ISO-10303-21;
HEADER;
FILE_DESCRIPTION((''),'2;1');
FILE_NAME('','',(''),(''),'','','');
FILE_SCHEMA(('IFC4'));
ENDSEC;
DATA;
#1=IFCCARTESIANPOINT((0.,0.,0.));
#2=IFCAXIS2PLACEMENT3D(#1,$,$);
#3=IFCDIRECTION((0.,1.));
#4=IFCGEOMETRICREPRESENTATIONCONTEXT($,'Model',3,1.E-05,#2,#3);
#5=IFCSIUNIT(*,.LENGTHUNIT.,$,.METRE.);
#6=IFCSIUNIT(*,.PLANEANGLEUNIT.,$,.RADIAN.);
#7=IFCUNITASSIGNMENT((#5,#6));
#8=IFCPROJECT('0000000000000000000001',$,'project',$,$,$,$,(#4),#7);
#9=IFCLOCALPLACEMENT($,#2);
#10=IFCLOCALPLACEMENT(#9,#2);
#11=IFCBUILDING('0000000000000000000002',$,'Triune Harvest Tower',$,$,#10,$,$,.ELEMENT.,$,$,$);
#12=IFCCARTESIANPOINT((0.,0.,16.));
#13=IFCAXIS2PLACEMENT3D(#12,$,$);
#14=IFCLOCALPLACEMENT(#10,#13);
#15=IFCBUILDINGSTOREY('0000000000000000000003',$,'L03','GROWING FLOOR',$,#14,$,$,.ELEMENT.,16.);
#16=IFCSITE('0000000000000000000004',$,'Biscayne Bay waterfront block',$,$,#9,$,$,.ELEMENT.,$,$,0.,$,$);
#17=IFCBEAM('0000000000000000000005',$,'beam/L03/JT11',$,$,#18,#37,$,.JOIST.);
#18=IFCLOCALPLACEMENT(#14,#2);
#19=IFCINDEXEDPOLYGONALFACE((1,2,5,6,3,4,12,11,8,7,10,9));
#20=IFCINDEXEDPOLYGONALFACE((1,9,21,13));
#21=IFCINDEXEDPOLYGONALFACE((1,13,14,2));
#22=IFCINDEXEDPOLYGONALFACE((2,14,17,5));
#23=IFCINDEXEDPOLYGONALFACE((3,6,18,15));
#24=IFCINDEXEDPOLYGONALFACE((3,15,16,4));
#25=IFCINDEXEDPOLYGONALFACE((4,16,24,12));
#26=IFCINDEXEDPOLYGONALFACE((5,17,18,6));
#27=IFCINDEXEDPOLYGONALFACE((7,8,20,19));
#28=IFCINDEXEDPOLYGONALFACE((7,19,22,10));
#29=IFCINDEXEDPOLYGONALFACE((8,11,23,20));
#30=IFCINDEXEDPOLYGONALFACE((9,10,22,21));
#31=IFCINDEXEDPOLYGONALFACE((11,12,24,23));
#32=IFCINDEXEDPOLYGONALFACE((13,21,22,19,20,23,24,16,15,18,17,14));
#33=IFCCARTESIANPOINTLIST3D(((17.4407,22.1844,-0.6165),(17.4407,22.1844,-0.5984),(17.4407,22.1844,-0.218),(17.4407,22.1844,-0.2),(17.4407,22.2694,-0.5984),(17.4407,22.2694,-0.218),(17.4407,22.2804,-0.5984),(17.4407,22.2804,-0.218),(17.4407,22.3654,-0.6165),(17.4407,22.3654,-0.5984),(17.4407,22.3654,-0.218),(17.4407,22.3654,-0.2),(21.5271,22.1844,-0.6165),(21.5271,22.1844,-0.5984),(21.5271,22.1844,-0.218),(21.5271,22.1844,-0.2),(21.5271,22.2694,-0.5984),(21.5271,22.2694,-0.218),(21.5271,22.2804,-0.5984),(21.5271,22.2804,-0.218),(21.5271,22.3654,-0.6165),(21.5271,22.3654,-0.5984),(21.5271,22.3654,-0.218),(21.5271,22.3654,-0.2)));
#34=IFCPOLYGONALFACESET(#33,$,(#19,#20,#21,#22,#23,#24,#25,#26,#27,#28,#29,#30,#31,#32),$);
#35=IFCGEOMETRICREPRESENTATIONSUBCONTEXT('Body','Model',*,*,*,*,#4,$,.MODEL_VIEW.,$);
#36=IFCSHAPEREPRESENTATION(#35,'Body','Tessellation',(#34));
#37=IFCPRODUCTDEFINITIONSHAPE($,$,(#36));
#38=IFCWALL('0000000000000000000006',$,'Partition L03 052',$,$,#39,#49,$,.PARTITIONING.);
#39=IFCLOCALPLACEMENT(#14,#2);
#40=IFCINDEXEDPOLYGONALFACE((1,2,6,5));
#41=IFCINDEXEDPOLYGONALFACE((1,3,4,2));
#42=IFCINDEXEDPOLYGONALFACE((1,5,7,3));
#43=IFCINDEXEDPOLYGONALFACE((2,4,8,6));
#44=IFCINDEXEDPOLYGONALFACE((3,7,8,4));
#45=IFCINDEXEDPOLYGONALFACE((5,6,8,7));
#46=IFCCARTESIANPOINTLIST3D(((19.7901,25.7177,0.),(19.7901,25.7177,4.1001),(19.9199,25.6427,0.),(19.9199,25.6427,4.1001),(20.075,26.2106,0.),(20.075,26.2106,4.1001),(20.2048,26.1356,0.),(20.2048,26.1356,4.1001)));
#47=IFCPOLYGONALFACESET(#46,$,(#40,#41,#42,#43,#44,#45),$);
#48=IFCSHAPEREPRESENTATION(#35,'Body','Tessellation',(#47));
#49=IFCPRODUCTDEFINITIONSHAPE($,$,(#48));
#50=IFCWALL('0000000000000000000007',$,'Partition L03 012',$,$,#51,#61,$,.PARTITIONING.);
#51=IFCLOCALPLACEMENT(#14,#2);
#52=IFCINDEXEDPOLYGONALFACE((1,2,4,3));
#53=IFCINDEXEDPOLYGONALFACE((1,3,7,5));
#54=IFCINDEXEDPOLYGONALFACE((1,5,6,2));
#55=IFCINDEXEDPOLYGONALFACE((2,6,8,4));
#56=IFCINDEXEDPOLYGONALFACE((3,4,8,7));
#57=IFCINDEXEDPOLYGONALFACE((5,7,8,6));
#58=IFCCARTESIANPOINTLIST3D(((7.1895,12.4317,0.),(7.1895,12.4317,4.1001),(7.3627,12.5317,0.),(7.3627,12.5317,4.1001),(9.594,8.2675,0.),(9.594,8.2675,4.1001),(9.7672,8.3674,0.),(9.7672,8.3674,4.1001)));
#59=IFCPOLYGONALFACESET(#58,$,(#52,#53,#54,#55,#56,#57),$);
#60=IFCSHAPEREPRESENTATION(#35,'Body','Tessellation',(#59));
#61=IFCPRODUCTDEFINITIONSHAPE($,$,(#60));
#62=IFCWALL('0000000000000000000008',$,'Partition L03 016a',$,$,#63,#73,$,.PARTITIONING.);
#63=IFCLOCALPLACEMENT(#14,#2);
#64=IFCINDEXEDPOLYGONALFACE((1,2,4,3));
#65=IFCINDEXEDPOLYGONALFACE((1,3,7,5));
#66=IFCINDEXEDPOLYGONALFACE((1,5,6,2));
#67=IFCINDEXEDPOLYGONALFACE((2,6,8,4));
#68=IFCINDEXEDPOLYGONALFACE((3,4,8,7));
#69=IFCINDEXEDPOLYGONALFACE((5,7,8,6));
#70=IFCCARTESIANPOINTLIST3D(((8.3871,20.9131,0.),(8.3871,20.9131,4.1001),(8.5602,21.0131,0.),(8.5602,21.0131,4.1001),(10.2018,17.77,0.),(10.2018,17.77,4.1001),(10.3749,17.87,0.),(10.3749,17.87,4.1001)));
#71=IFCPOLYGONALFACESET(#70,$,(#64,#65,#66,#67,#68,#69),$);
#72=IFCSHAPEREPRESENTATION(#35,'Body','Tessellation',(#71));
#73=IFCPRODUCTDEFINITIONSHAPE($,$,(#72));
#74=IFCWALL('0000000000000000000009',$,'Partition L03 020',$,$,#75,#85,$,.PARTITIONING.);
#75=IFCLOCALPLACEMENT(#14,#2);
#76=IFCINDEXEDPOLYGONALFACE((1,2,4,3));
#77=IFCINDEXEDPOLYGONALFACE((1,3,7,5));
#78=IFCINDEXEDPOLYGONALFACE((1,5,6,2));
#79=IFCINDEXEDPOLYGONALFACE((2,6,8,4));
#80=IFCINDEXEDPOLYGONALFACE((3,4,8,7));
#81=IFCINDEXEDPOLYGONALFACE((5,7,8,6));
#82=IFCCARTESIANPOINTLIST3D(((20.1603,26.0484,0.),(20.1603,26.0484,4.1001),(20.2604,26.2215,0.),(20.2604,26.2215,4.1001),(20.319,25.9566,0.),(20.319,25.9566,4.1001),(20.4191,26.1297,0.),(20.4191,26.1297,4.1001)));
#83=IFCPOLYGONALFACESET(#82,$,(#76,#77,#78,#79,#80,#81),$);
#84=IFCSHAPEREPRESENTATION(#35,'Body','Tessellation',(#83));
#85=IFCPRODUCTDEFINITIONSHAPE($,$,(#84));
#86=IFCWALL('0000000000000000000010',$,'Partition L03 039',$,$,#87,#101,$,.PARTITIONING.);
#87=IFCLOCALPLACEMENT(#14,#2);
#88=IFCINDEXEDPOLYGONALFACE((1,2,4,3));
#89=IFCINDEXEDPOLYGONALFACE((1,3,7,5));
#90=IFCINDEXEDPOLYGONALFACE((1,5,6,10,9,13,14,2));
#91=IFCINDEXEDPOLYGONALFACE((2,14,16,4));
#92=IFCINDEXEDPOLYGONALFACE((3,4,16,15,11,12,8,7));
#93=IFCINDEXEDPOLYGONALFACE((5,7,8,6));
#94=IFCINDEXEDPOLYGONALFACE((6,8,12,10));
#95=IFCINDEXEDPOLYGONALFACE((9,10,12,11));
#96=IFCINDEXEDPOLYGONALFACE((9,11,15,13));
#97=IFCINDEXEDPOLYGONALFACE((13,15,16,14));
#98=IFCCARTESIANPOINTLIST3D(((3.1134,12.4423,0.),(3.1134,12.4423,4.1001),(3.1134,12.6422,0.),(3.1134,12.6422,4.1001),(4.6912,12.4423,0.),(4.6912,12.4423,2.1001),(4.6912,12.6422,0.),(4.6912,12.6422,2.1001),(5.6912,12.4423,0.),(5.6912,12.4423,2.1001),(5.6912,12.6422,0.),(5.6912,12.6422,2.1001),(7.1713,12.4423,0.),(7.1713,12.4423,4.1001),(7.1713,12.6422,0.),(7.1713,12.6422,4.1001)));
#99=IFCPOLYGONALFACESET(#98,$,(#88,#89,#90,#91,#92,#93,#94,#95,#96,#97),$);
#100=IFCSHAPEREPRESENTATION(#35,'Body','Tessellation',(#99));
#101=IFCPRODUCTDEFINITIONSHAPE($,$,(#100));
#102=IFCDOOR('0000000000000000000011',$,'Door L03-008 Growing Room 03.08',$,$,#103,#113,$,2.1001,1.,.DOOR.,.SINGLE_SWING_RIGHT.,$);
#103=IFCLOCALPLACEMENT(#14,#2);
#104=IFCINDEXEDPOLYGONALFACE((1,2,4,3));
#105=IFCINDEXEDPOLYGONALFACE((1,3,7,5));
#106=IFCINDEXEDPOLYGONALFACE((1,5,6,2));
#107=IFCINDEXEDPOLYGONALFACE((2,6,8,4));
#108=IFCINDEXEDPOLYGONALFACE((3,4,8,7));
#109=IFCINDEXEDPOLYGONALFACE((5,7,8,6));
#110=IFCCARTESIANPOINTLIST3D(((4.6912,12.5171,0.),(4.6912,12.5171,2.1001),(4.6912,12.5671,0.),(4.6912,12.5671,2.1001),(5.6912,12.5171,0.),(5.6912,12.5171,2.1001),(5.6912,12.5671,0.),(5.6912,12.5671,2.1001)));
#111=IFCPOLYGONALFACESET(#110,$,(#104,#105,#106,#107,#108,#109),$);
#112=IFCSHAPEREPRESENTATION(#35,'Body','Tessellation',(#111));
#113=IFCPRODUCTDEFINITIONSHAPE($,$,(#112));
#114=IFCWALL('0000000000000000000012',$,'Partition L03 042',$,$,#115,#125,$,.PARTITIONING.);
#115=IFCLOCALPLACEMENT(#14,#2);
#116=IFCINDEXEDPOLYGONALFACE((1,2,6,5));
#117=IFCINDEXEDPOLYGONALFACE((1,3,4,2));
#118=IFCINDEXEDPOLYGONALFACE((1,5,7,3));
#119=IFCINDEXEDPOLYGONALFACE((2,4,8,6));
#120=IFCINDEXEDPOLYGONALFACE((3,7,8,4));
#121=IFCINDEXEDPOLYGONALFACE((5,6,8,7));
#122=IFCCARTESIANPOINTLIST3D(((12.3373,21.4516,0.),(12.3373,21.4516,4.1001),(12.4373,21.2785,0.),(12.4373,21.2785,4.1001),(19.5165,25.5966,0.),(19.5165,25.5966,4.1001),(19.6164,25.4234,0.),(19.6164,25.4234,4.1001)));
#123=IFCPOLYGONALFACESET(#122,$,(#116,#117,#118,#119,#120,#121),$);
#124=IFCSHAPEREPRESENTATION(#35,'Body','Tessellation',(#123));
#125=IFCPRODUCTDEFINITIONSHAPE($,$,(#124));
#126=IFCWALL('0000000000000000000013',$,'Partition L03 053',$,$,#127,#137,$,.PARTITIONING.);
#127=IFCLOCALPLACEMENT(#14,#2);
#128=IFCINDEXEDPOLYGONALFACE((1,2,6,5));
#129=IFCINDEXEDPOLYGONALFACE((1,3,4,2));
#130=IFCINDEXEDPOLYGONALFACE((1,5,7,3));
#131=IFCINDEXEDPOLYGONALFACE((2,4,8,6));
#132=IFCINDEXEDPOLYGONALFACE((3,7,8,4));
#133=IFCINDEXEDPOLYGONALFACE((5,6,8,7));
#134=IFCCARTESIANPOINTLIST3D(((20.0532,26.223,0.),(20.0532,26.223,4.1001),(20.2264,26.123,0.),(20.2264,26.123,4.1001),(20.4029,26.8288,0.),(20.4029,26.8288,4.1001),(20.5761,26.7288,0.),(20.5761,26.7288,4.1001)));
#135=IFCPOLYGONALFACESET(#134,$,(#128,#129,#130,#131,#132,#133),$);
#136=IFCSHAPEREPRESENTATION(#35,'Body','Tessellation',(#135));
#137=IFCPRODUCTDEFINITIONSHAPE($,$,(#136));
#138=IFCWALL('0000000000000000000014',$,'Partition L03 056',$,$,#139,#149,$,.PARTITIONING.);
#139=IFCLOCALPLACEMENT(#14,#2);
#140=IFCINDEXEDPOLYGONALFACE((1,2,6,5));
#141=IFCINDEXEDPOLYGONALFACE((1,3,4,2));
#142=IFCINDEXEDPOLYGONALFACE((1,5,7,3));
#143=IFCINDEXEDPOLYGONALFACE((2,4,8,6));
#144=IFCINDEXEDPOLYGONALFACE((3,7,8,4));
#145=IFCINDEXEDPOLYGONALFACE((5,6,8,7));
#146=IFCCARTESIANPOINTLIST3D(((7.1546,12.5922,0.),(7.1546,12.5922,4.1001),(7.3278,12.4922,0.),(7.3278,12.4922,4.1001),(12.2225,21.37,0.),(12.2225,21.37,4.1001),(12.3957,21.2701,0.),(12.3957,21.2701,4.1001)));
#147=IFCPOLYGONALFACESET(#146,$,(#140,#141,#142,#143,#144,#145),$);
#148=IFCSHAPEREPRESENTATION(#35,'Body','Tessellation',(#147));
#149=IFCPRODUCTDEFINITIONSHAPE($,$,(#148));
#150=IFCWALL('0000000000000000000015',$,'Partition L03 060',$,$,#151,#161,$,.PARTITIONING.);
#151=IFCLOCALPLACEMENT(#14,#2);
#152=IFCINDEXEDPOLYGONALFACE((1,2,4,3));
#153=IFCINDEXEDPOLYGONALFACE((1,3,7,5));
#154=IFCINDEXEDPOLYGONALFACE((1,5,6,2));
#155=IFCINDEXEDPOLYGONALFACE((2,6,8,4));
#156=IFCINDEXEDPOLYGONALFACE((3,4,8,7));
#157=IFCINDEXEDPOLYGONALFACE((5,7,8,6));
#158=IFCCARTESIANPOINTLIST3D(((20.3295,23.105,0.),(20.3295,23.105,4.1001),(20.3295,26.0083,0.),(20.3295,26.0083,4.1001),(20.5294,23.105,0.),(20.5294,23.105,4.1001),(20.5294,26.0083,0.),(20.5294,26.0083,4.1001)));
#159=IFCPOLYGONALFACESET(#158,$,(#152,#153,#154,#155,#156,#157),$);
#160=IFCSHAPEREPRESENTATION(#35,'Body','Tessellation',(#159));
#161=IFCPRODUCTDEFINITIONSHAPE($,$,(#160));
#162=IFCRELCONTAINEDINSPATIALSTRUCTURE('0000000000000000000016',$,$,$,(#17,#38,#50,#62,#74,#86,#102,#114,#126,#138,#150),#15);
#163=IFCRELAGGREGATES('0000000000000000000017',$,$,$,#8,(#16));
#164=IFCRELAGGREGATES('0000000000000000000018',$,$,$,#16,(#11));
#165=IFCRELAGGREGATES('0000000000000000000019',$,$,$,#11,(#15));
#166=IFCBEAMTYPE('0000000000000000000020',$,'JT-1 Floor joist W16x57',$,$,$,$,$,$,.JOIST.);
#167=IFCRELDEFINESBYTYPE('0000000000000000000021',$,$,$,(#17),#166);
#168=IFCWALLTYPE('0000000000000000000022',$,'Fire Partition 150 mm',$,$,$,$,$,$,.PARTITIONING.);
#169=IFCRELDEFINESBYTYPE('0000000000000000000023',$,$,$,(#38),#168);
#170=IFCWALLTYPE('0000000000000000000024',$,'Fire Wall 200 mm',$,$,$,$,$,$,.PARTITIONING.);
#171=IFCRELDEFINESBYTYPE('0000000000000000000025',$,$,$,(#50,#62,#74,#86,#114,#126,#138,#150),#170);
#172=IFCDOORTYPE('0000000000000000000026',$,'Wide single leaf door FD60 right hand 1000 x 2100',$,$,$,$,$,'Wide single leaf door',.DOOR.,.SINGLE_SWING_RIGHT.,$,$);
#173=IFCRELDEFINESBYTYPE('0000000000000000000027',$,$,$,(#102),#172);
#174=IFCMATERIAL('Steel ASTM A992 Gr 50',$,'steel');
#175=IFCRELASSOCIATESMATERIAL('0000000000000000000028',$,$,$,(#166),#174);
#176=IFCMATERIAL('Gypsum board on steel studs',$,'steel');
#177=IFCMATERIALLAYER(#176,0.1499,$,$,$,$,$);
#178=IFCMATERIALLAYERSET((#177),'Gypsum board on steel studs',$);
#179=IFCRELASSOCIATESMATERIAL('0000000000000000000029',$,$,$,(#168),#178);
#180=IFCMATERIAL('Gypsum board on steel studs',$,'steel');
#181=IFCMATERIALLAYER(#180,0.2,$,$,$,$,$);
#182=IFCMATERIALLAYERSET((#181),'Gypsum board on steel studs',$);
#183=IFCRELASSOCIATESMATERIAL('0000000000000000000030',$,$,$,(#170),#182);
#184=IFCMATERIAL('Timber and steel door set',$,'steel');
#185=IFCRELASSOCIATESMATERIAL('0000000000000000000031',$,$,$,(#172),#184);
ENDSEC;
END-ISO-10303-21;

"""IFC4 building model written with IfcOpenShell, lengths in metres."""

from ifc_helpers import new_model, si_unit, direction, frame, frame_2d, origin, origin_2d, place, context, subcontext, project, spatial, rectangle, i_section, extrude, source, transform, mapped, material, layer, layer_set, material_profile, profile_set, type_object, element, fill, save


model = new_model("IFC4")

# Units and contexts
model_context = context("Model", 3, precision=1e-05, world=origin(), true_north=direction((0.0, 1.0)))
body_context = subcontext(model_context, "Body", "Model", "MODEL_VIEW")
ifc_project = project(units=[si_unit("LENGTHUNIT", "METRE"), si_unit("PLANEANGLEUNIT", "RADIAN")], contexts=[model_context])

# Site, building, storey
site_placement = place(None, origin())
site = spatial("IfcSite", under=ifc_project, at=site_placement, Name="Biscayne Bay waterfront block", CompositionType="ELEMENT", RefElevation=0.0)
building_placement = place(site_placement, origin())
building = spatial("IfcBuilding", under=site, at=building_placement, Name="Triune Harvest Tower", CompositionType="ELEMENT")
storey_placement = place(building_placement, frame((0.0, 0.0, 16.0)))
storey = spatial("IfcBuildingStorey", under=building, at=storey_placement, Name="L03", Description="GROWING FLOOR", CompositionType="ELEMENT", Elevation=16.0)

# Beam
ifc_material_1 = material(Name="Steel ASTM A992 Gr 50", Category="steel")
ifc_material_profile_1 = material_profile(ifc_material_1, i_section(OverallWidth=0.1809, OverallDepth=0.4165, WebThickness=0.011, FlangeThickness=0.0181, at=origin_2d()), Name="W16x57")
ifc_profile_set_1 = profile_set([ifc_material_profile_1], Name="Steel ASTM A992 Gr 50")
beam_type_1 = type_object("IfcBeamType", Name="JT-1 Floor joist W16x57", PredefinedType="JOIST", material=ifc_profile_set_1)
shared_shape_1 = source(origin(), body_context, "Body", "SweptSolid", [
    extrude(i_section(OverallWidth=0.1809, OverallDepth=0.4165, WebThickness=0.011, FlangeThickness=0.0181, at=origin_2d()), origin(), (0.0, 0.0, 1.0), 4.0864),
])
beam_1_placement = place(storey_placement, frame((21.5271, 22.2749, -0.4082), z_axis=(-1.0, 0.0, 0.0), x_axis=(0.0, -1.0, 0.0)))
element("IfcBeam", 1, at=beam_1_placement, inside=storey, type_object=beam_type_1, Name="beam/L03/JT11", PredefinedType="JOIST", context=body_context, shape_type="MappedRepresentation", body=[
    mapped(shared_shape_1, transform((0.0, 0.0, 0.0), scale=1.0)),
])

# Walls
ifc_material_2 = material(Name="Gypsum board on steel studs", Category="steel")
ifc_layer_1 = layer(ifc_material_2, 0.1499)
ifc_layer_set_1 = layer_set([ifc_layer_1], Name="Gypsum board on steel studs")
wall_type_1 = type_object("IfcWallType", Name="Fire Partition 150 mm", PredefinedType="PARTITIONING", material=ifc_layer_set_1)
wall_1_placement = place(storey_placement, frame((19.855, 25.6802, 0.0), z_axis=(0.0, 0.0, 1.0), x_axis=(0.500428, 0.865778, 0.0)))
element("IfcWall", 2, at=wall_1_placement, inside=storey, type_object=wall_type_1, Name="Partition L03 052", PredefinedType="PARTITIONING", context=body_context, shape_type="SweptSolid", body=[
    extrude(rectangle(XDim=0.5693, YDim=0.1499, at=frame_2d((0.2847, 0.0))), origin(), (0.0, 0.0, 1.0), 4.1001),
])
ifc_material_3 = material(Name="Gypsum board on steel studs", Category="steel")
ifc_layer_2 = layer(ifc_material_3, 0.2)
ifc_layer_set_2 = layer_set([ifc_layer_2], Name="Gypsum board on steel studs")
wall_type_2 = type_object("IfcWallType", Name="Fire Wall 200 mm", PredefinedType="PARTITIONING", material=ifc_layer_set_2)
wall_2_placement = place(storey_placement, frame((7.2761, 12.4817, 0.0), z_axis=(0.0, 0.0, 1.0), x_axis=(0.500043, -0.866, 0.0)))
element("IfcWall", 3, at=wall_2_placement, inside=storey, type_object=wall_type_2, Name="Partition L03 012", PredefinedType="PARTITIONING", context=body_context, shape_type="SweptSolid", body=[
    extrude(rectangle(XDim=4.8086, YDim=0.2, at=frame_2d((2.4043, 0.0))), origin(), (0.0, 0.0, 1.0), 4.1001),
])
wall_3_placement = place(storey_placement, frame((8.4736, 20.9631, 0.0), z_axis=(0.0, 0.0, 1.0), x_axis=(0.50001, -0.86602, 0.0)))
element("IfcWall", 4, at=wall_3_placement, inside=storey, type_object=wall_type_2, Name="Partition L03 016a", PredefinedType="PARTITIONING", context=body_context, shape_type="SweptSolid", body=[
    extrude(rectangle(XDim=3.6294, YDim=0.2, at=frame_2d((1.8147, 0.0))), origin(), (0.0, 0.0, 1.0), 4.1001),
])
wall_4_placement = place(storey_placement, frame((20.2102, 26.135, 0.0), z_axis=(0.0, 0.0, 1.0), x_axis=(0.865609, -0.500721, 0.0)))
element("IfcWall", 5, at=wall_4_placement, inside=storey, type_object=wall_type_2, Name="Partition L03 020", PredefinedType="PARTITIONING", context=body_context, shape_type="SweptSolid", body=[
    extrude(rectangle(XDim=0.1833, YDim=0.2, at=frame_2d((0.0918, 0.0))), origin(), (0.0, 0.0, 1.0), 4.1001),
])

# Wall, opening, door
wall_5_placement = place(storey_placement, frame((3.1135, 12.5422, 0.0), z_axis=(0.0, 0.0, 1.0), x_axis=(1.0, 0.0, 0.0)))
wall_5 = element("IfcWall", 6, at=wall_5_placement, inside=storey, type_object=wall_type_2, Name="Partition L03 039", PredefinedType="PARTITIONING", context=body_context, shape_type="SweptSolid", body=[
    extrude(rectangle(XDim=4.0579, YDim=0.2, at=frame_2d((2.0288, 0.0))), origin(), (0.0, 0.0, 1.0), 4.1001),
])
opening_1_placement = place(wall_5_placement, frame((1.5776, 0.0, 0.0)))
opening_1 = element("IfcOpeningElement", 7, at=opening_1_placement, cuts=wall_5, PredefinedType="OPENING", context=body_context, shape_type="SweptSolid", body=[
    extrude(rectangle(XDim=1.0, YDim=2.1001, at=frame_2d((0.5, 1.05))), frame((0.0, 0.1099, 0.0), z_axis=(0.0, -1.0, 0.0), x_axis=(1.0, 0.0, 0.0)), (0.0, 0.0, 1.0), 0.22),
])
ifc_material_4 = material(Name="Timber and steel door set", Category="steel")
door_type_1 = type_object("IfcDoorType", Name="Wide single leaf door FD60 right hand 1000 x 2100", ElementType="Wide single leaf door", OperationType="SINGLE_SWING_RIGHT", PredefinedType="DOOR", material=ifc_material_4)
door_1_placement = place(opening_1_placement, origin())
door_1 = element("IfcDoor", 8, at=door_1_placement, inside=storey, type_object=door_type_1, Name="Door L03-008 Growing Room 03.08", OperationType="SINGLE_SWING_RIGHT", OverallHeight=2.1001, OverallWidth=1.0, PredefinedType="DOOR", context=body_context, shape_type="SweptSolid", body=[
    extrude(rectangle(XDim=1.0, YDim=2.1001, at=frame_2d((0.5, 1.05))), frame((0.0, 0.0249, 0.0), z_axis=(0.0, -1.0, 0.0), x_axis=(1.0, 0.0, 0.0)), (0.0, 0.0, 1.0), 0.05),
])
fill(opening_1, door_1)

# Walls
wall_6_placement = place(storey_placement, frame((12.3872, 21.365, 0.0), z_axis=(0.0, 0.0, 1.0), x_axis=(0.86602, 0.50001, 0.0)))
element("IfcWall", 9, at=wall_6_placement, inside=storey, type_object=wall_type_2, Name="Partition L03 042", PredefinedType="PARTITIONING", context=body_context, shape_type="SweptSolid", body=[
    extrude(rectangle(XDim=8.2898, YDim=0.2, at=frame_2d((4.145, 0.0))), origin(), (0.0, 0.0, 1.0), 4.1001),
])
wall_7_placement = place(storey_placement, frame((20.1399, 26.1731, 0.0), z_axis=(0.0, 0.0, 1.0), x_axis=(0.499894, 0.866087, 0.0)))
element("IfcWall", 10, at=wall_7_placement, inside=storey, type_object=wall_type_2, Name="Partition L03 053", PredefinedType="PARTITIONING", context=body_context, shape_type="SweptSolid", body=[
    extrude(rectangle(XDim=0.6995, YDim=0.2, at=frame_2d((0.3496, 0.0))), origin(), (0.0, 0.0, 1.0), 4.1001),
])
wall_8_placement = place(storey_placement, frame((7.2412, 12.5422, 0.0), z_axis=(0.0, 0.0, 1.0), x_axis=(0.499999, 0.866026, 0.0)))
element("IfcWall", 11, at=wall_8_placement, inside=storey, type_object=wall_type_2, Name="Partition L03 056", PredefinedType="PARTITIONING", context=body_context, shape_type="SweptSolid", body=[
    extrude(rectangle(XDim=10.1357, YDim=0.2, at=frame_2d((5.0679, 0.0))), origin(), (0.0, 0.0, 1.0), 4.1001),
])
wall_9_placement = place(storey_placement, frame((20.4294, 23.105, 0.0), z_axis=(0.0, 0.0, 1.0), x_axis=(0.0, 1.0, 0.0)))
element("IfcWall", 12, at=wall_9_placement, inside=storey, type_object=wall_type_2, Name="Partition L03 060", PredefinedType="PARTITIONING", context=body_context, shape_type="SweptSolid", body=[
    extrude(rectangle(XDim=2.9033, YDim=0.2, at=frame_2d((1.4517, 0.0))), origin(), (0.0, 0.0, 1.0), 4.1001),
])

save(model, "model.ifc")
